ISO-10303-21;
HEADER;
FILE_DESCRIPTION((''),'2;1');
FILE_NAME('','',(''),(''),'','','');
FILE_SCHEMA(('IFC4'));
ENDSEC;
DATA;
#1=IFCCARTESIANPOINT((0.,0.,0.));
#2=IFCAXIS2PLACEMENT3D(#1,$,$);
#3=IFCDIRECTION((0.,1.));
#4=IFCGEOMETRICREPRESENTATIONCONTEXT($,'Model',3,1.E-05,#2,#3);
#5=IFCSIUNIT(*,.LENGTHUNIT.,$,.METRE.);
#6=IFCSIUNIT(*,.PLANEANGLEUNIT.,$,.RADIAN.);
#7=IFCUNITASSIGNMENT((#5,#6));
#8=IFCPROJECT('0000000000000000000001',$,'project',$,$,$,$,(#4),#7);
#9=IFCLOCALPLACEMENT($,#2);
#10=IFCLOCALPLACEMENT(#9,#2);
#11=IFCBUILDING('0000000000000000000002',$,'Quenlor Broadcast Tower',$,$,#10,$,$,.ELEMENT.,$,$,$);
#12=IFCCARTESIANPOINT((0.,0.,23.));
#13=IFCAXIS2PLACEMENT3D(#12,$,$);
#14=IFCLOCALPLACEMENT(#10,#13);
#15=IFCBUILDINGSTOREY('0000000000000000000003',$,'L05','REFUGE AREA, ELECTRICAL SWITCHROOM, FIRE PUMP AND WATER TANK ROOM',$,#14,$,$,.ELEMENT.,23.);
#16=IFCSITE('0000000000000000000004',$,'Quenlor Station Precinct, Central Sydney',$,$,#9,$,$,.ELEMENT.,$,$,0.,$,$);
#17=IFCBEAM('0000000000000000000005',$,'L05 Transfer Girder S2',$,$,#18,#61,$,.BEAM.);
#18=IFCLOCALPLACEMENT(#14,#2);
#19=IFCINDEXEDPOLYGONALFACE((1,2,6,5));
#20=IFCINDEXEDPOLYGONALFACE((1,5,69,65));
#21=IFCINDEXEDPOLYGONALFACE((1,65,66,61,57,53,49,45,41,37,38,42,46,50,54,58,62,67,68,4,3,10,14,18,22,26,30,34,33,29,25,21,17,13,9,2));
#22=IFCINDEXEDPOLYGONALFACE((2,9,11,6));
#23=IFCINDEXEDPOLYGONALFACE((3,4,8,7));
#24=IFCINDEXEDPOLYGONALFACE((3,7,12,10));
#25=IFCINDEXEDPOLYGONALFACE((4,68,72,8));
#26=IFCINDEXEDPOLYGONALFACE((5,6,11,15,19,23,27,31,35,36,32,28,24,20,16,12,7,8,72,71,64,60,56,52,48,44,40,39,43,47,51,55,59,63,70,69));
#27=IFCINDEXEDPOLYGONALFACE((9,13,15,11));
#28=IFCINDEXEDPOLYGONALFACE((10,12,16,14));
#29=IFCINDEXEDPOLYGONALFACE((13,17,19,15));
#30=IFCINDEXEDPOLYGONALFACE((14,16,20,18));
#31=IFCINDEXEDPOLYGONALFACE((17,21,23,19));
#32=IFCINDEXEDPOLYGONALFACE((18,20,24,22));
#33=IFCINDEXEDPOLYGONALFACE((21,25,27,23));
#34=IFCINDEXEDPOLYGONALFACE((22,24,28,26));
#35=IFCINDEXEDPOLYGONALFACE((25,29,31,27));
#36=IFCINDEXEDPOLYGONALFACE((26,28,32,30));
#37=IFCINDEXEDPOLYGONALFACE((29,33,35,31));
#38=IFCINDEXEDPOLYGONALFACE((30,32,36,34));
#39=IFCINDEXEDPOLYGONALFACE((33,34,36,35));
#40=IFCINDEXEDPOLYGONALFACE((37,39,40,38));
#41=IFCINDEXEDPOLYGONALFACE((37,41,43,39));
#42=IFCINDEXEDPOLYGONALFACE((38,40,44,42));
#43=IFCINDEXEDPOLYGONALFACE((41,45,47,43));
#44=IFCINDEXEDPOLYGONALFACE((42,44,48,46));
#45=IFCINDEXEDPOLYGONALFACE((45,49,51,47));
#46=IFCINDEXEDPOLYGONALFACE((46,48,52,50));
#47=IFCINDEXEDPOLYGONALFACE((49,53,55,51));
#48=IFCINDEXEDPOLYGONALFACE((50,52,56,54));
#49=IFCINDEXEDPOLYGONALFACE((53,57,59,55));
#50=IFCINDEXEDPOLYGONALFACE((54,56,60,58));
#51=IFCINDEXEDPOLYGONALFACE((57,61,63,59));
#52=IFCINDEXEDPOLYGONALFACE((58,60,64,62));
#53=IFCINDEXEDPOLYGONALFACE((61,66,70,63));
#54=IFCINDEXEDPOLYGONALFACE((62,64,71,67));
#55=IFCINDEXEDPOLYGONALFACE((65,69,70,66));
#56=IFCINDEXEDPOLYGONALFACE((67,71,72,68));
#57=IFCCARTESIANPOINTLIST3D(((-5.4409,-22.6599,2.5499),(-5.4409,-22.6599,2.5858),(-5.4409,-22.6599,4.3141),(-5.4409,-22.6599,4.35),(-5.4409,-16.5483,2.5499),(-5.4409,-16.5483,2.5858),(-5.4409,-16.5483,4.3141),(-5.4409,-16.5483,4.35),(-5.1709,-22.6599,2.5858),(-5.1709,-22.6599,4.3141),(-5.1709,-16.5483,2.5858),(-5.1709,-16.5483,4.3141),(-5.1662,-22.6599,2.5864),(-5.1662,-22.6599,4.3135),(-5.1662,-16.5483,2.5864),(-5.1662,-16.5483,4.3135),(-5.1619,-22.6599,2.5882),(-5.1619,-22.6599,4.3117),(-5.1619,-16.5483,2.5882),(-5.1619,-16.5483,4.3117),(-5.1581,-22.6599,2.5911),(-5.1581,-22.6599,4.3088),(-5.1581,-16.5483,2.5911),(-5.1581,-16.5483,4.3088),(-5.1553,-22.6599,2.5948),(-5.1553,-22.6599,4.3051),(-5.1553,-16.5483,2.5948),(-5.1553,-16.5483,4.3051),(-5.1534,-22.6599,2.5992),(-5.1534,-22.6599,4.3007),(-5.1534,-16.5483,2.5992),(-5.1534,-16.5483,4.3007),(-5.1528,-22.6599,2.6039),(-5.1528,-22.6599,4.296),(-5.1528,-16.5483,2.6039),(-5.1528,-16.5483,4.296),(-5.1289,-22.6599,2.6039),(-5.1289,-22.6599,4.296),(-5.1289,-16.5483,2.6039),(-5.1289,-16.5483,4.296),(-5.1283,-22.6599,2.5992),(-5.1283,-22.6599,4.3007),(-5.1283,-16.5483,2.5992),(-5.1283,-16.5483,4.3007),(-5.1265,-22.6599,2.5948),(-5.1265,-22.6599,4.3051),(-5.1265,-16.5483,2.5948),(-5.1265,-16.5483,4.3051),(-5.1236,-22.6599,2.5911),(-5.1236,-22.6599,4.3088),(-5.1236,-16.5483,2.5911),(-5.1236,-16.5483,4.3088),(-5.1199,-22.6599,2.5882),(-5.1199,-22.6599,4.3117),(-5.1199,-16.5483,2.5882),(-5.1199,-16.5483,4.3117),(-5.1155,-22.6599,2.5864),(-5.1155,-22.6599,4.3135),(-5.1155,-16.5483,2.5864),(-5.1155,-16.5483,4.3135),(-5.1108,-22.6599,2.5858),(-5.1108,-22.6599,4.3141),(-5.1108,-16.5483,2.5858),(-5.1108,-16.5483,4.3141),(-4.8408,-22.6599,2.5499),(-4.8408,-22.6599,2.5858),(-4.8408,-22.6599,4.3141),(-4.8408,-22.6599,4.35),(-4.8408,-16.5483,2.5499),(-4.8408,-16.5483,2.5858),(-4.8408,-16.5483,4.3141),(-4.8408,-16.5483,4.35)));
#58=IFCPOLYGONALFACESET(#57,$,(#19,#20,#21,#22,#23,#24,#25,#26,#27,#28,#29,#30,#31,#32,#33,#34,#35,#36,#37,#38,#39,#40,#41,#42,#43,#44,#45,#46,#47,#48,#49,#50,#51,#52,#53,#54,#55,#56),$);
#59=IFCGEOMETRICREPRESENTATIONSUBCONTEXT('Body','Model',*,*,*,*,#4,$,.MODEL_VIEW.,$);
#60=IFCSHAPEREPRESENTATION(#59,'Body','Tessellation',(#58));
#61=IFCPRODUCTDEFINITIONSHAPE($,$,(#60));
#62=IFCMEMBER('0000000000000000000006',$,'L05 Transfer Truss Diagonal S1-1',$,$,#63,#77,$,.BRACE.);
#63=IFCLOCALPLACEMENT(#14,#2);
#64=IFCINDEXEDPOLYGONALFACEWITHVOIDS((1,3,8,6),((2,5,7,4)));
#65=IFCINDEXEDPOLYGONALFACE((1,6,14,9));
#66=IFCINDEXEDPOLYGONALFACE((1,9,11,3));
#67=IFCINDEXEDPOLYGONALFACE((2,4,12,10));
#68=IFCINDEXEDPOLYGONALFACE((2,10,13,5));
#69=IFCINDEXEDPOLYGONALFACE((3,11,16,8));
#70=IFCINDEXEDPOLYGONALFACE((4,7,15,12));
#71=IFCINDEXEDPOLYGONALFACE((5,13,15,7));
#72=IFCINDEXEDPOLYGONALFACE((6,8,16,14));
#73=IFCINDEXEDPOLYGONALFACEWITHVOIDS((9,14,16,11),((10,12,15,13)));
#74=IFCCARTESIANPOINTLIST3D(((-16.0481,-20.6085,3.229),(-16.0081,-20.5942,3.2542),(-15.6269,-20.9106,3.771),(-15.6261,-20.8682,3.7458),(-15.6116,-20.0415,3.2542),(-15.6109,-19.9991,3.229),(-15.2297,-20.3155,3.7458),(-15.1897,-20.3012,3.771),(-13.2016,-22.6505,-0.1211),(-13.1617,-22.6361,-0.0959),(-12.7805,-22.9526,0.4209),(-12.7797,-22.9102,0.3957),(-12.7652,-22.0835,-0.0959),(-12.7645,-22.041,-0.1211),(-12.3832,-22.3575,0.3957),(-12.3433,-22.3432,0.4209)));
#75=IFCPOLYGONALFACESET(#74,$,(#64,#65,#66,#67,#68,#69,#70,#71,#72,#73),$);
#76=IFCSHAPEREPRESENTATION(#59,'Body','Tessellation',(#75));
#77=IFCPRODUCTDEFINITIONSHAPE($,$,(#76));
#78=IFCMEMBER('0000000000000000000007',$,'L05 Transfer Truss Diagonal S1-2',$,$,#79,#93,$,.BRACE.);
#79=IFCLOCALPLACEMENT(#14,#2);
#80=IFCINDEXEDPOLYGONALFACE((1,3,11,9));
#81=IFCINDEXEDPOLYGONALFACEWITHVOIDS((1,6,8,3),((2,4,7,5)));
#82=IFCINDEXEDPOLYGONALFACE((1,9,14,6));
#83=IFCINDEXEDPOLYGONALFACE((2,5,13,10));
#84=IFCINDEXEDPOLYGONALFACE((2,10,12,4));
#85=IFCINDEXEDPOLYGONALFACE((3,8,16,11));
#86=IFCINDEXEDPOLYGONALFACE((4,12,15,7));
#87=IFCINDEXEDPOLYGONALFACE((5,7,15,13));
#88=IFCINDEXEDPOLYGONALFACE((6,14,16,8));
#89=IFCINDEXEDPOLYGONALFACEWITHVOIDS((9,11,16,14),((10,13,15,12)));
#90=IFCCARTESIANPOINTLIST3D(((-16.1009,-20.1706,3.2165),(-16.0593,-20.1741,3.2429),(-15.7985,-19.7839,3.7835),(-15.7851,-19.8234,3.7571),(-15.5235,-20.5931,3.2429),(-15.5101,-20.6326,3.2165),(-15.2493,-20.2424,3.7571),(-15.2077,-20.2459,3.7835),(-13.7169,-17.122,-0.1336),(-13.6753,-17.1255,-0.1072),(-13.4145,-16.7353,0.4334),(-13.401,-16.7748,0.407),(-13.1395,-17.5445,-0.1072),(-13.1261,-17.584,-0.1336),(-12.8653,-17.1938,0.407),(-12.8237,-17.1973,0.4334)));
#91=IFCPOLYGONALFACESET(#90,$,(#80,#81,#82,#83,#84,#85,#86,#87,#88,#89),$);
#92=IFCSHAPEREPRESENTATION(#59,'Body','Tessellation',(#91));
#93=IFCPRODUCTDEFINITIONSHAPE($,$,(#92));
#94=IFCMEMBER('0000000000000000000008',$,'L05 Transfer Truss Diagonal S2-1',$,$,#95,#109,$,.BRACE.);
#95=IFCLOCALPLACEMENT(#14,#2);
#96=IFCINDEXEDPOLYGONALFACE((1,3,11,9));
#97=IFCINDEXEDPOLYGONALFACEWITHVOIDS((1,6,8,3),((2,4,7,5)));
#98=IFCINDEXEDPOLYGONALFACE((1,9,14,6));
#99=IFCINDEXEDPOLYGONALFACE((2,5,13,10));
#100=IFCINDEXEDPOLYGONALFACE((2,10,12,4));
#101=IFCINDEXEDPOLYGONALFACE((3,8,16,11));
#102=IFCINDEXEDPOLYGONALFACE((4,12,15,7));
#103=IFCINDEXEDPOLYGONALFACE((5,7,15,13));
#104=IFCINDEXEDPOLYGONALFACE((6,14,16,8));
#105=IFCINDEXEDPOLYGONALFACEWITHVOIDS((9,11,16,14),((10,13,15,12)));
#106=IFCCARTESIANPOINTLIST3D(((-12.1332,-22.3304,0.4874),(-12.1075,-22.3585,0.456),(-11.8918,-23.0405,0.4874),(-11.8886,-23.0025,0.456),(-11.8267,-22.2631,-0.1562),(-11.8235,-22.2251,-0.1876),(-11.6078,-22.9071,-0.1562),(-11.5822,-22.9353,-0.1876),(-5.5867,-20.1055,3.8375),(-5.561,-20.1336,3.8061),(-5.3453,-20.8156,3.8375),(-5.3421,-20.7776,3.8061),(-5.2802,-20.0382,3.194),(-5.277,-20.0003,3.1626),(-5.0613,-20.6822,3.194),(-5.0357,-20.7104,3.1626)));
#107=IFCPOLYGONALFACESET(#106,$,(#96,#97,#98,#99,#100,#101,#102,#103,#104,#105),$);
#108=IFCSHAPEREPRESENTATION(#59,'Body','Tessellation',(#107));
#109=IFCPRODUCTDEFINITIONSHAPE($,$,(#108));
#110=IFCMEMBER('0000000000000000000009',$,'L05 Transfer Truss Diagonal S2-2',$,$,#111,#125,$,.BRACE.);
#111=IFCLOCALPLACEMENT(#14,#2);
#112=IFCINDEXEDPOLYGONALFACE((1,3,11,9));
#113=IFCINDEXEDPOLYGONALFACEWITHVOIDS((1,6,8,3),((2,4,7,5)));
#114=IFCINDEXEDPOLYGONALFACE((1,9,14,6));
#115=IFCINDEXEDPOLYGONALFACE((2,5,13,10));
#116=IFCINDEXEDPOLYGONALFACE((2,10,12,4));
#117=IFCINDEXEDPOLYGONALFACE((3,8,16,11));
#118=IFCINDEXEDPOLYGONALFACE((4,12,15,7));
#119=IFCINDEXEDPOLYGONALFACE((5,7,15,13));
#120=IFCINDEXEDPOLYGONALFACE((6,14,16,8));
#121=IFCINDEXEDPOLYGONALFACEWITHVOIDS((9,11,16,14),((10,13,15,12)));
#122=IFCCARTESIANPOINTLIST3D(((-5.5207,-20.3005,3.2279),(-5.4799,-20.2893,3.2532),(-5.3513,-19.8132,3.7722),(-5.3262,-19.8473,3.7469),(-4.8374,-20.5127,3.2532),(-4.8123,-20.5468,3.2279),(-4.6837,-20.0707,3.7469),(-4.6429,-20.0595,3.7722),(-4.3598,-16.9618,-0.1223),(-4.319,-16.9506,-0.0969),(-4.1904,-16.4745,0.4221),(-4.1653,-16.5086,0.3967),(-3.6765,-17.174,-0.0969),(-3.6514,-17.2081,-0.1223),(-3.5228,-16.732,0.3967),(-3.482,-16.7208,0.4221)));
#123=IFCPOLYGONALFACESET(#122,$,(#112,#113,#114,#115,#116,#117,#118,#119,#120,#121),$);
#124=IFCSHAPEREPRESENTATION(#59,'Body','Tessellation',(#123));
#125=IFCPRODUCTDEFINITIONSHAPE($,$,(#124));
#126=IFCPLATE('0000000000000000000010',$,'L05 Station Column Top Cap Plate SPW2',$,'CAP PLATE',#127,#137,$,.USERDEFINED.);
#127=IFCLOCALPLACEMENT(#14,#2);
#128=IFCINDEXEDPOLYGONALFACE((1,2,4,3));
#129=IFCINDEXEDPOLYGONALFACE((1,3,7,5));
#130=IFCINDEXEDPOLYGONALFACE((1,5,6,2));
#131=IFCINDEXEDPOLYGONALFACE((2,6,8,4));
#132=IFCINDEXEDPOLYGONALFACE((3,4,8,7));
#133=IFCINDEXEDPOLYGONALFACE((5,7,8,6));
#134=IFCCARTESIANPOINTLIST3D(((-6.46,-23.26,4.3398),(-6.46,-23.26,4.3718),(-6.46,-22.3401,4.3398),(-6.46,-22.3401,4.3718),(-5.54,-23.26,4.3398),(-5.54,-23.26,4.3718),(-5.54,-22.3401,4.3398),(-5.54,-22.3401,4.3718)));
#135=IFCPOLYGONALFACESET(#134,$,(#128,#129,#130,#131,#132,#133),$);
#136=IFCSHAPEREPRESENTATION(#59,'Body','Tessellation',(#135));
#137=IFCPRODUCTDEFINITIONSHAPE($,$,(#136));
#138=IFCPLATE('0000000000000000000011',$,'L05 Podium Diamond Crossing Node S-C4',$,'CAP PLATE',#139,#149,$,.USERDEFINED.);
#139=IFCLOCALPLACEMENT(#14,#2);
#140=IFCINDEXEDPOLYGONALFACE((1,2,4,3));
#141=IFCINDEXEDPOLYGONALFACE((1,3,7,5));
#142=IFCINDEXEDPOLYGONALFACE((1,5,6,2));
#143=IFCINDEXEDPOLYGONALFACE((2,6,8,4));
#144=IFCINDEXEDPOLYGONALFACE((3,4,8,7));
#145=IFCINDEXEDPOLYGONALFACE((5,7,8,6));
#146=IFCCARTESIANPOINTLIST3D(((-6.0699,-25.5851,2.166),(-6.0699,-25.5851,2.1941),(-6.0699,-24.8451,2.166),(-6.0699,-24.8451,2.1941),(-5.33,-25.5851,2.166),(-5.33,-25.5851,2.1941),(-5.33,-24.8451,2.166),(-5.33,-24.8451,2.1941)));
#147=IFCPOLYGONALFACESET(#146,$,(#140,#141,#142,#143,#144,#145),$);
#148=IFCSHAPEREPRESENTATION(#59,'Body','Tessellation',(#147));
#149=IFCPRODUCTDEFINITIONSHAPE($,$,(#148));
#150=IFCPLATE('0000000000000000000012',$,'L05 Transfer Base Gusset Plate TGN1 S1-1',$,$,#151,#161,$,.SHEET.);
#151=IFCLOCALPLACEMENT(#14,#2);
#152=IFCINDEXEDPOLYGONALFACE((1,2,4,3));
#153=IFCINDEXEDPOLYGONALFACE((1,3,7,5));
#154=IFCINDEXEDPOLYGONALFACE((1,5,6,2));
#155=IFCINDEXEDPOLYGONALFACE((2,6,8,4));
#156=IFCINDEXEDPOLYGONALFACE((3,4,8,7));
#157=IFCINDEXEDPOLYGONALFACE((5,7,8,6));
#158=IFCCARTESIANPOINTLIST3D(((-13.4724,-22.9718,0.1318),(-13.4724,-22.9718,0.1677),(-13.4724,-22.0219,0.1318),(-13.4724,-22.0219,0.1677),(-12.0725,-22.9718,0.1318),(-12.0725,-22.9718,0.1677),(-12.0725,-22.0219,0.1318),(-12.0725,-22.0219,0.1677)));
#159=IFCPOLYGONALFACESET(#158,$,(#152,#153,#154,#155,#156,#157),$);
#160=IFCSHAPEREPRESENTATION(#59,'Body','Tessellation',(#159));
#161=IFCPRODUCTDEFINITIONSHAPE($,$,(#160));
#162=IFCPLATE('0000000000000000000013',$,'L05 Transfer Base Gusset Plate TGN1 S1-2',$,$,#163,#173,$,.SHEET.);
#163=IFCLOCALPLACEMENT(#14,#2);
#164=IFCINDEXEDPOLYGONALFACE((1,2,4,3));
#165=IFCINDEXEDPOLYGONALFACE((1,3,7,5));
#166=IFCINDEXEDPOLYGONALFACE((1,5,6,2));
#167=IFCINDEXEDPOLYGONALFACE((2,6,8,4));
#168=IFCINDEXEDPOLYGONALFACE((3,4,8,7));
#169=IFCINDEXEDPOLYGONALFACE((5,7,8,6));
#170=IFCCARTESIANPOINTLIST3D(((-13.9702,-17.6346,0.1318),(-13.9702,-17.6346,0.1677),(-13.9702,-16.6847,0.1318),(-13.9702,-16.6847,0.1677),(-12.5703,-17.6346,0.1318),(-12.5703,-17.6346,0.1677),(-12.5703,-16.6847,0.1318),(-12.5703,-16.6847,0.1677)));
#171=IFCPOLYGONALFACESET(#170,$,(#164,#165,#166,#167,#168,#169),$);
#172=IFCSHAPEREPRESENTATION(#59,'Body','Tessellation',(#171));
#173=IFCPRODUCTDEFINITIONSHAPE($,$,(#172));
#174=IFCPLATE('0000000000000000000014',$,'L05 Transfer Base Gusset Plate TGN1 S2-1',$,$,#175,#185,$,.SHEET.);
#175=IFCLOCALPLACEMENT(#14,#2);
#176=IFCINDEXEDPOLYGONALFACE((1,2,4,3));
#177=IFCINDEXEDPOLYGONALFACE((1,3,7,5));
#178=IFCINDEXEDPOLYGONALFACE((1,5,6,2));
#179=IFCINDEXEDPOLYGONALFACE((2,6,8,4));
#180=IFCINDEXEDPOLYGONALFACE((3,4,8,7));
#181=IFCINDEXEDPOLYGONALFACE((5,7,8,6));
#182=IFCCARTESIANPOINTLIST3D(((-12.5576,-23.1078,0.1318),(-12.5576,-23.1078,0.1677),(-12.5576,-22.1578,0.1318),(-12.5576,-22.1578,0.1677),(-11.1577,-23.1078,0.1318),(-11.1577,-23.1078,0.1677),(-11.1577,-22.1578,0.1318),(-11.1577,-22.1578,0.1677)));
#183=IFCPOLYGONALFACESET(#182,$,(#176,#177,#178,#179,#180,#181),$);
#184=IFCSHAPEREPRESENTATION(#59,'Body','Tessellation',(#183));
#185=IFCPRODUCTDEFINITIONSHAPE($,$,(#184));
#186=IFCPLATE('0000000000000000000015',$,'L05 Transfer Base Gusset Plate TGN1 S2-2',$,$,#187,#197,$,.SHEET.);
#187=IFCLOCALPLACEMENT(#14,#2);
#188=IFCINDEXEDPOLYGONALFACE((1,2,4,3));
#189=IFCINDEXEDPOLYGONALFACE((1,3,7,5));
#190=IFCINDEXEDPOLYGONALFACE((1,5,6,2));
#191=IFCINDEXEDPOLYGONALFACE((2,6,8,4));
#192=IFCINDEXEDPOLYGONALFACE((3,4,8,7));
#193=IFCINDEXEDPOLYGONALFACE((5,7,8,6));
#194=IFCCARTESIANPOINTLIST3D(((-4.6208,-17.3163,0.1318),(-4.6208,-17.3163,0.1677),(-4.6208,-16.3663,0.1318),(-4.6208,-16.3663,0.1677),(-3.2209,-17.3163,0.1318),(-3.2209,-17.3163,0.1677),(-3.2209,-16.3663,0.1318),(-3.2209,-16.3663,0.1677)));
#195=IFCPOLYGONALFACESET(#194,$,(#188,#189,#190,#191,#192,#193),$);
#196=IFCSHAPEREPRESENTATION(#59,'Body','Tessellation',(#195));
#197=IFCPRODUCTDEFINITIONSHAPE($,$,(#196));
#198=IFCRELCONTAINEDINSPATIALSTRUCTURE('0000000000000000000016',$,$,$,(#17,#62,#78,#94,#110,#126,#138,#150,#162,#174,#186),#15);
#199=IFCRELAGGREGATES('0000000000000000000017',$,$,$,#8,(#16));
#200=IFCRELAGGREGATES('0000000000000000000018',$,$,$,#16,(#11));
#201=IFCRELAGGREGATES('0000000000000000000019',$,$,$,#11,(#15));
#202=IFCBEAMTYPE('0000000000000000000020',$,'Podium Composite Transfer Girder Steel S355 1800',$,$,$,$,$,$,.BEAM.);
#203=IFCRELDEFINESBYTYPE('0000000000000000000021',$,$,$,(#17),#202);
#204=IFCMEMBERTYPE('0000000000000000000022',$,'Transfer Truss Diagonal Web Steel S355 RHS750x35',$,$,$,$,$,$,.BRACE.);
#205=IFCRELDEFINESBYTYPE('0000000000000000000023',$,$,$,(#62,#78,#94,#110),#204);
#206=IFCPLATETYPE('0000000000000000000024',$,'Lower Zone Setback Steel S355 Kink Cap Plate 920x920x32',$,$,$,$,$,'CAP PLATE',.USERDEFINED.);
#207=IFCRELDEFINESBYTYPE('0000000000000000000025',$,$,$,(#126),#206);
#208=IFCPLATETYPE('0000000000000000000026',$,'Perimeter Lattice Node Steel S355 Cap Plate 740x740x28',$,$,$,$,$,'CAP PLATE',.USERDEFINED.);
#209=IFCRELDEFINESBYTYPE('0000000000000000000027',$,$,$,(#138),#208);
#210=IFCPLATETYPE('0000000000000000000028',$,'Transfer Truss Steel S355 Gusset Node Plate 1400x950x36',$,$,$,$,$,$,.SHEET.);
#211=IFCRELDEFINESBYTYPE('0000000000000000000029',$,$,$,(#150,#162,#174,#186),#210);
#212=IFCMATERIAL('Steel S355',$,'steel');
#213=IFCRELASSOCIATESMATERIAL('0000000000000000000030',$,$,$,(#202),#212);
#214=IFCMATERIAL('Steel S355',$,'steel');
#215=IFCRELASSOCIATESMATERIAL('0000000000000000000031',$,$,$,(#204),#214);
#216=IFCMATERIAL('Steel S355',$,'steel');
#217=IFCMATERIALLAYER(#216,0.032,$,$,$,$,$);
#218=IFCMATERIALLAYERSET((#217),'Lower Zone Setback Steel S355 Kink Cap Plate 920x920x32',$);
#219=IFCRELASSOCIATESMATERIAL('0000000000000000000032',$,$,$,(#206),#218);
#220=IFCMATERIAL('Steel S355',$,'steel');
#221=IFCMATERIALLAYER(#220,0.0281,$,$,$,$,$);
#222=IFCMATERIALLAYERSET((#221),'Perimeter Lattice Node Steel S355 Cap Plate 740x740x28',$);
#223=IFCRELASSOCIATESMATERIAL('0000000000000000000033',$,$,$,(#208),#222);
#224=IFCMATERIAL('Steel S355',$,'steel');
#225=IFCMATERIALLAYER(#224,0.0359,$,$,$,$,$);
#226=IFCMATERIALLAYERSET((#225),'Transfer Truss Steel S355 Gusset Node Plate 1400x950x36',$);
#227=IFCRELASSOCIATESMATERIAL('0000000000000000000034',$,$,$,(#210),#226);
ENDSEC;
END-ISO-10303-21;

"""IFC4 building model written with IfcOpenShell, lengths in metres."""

from ifc_helpers import new_model, si_unit, direction, frame, origin, origin_2d, place, context, subcontext, project, spatial, rectangle, hollow_rectangle, i_section, extrude, material, layer, layer_set, material_profile, profile_set, type_object, element, save


model = new_model("IFC4")

# Units and contexts
model_context = context("Model", 3, precision=1e-05, world=origin(), true_north=direction((0.0, 1.0)))
body_context = subcontext(model_context, "Body", "Model", "MODEL_VIEW")
ifc_project = project(units=[si_unit("LENGTHUNIT", "METRE"), si_unit("PLANEANGLEUNIT", "RADIAN")], contexts=[model_context])

# Site, building, storey
site_placement = place(None, origin())
site = spatial("IfcSite", under=ifc_project, at=site_placement, Name="Quenlor Station Precinct, Central Sydney", CompositionType="ELEMENT", RefElevation=0.0)
building_placement = place(site_placement, origin())
building = spatial("IfcBuilding", under=site, at=building_placement, Name="Quenlor Broadcast Tower", CompositionType="ELEMENT")
storey_placement = place(building_placement, frame((0.0, 0.0, 23.0)))
storey = spatial("IfcBuildingStorey", under=building, at=storey_placement, Name="L05", Description="REFUGE AREA, ELECTRICAL SWITCHROOM, FIRE PUMP AND WATER TANK ROOM", CompositionType="ELEMENT", Elevation=23.0)

# Beam
ifc_material_1 = material(Name="Steel S355", Category="steel")
ifc_material_profile_1 = material_profile(ifc_material_1, i_section(OverallWidth=0.6001, OverallDepth=1.8, WebThickness=0.0239, FlangeThickness=0.0359, FilletRadius=0.0181, at=origin_2d()))
ifc_profile_set_1 = profile_set([ifc_material_profile_1], Name="Steel S355 1800TG620")
beam_type = type_object("IfcBeamType", Name="Podium Composite Transfer Girder Steel S355 1800", PredefinedType="BEAM", material=ifc_profile_set_1)
beam_1_placement = place(storey_placement, frame((-5.1409, -22.6599, 3.45), z_axis=(0.0, 1.0, 0.0), x_axis=(-1.0, 0.0, 0.0)))
element("IfcBeam", 1, at=beam_1_placement, inside=storey, type_object=beam_type, Name="L05 Transfer Girder S2", PredefinedType="BEAM", context=body_context, shape_type="SweptSolid", body=[
    extrude(i_section(OverallWidth=0.6001, OverallDepth=1.8, WebThickness=0.0239, FlangeThickness=0.0359, FilletRadius=0.0181, at=origin_2d()), origin(), (0.0, 0.0, 1.0), 6.1116),
])

# Members
ifc_material_2 = material(Name="Steel S355", Category="steel")
ifc_material_profile_2 = material_profile(ifc_material_2, hollow_rectangle(XDim=0.75, YDim=0.75, WallThickness=0.0349, at=origin_2d()))
ifc_profile_set_2 = profile_set([ifc_material_profile_2], Name="Steel S355 RHS750x750x35")
member_type_1 = type_object("IfcMemberType", Name="Transfer Truss Diagonal Web Steel S355 RHS750x35", PredefinedType="BRACE", material=ifc_profile_set_2)
member_1_placement = place(storey_placement, frame((-12.7725, -22.4968, 0.1499), z_axis=(-0.587236, 0.421275, 0.691145), x_axis=(-0.582905, -0.81254, 0.0)))
element("IfcMember", 2, at=member_1_placement, inside=storey, type_object=member_type_1, Name="L05 Transfer Truss Diagonal S1-1", PredefinedType="BRACE", context=body_context, shape_type="SweptSolid", body=[
    extrude(hollow_rectangle(XDim=0.75, YDim=0.75, WallThickness=0.0349, at=origin_2d()), origin(), (0.0, 0.0, 1.0), 4.8472),
])
member_2_placement = place(storey_placement, frame((-13.2703, -17.1597, 0.1499), z_axis=(-0.465754, -0.595583, 0.654488), x_axis=(0.787733, -0.616017, 0.0)))
element("IfcMember", 3, at=member_2_placement, inside=storey, type_object=member_type_1, Name="L05 Transfer Truss Diagonal S1-2", PredefinedType="BRACE", context=body_context, shape_type="SweptSolid", body=[
    extrude(hollow_rectangle(XDim=0.75, YDim=0.75, WallThickness=0.0349, at=origin_2d()), origin(), (0.0, 0.0, 1.0), 5.1187),
])
member_3_placement = place(storey_placement, frame((-11.8577, -22.6328, 0.1499), z_axis=(0.852063, 0.289582, 0.436041), x_axis=(-0.321784, 0.946813, 0.0)))
element("IfcMember", 4, at=member_3_placement, inside=storey, type_object=member_type_1, Name="L05 Transfer Truss Diagonal S2-1", PredefinedType="BRACE", context=body_context, shape_type="SweptSolid", body=[
    extrude(hollow_rectangle(XDim=0.75, YDim=0.75, WallThickness=0.0349, at=origin_2d()), origin(), (0.0, 0.0, 1.0), 7.6831),
])
member_4_placement = place(storey_placement, frame((-3.9209, -16.8413, 0.1499), z_axis=(-0.238374, -0.685544, 0.6879), x_axis=(0.944529, -0.328427, 0.0)))
element("IfcMember", 5, at=member_4_placement, inside=storey, type_object=member_type_1, Name="L05 Transfer Truss Diagonal S2-2", PredefinedType="BRACE", context=body_context, shape_type="SweptSolid", body=[
    extrude(hollow_rectangle(XDim=0.75, YDim=0.75, WallThickness=0.0349, at=origin_2d()), origin(), (0.0, 0.0, 1.0), 4.8701),
])

# Plates
ifc_material_3 = material(Name="Steel S355", Category="steel")
ifc_layer_1 = layer(ifc_material_3, 0.032)
ifc_layer_set_1 = layer_set([ifc_layer_1], Name="Lower Zone Setback Steel S355 Kink Cap Plate 920x920x32")
plate_type_1 = type_object("IfcPlateType", Name="Lower Zone Setback Steel S355 Kink Cap Plate 920x920x32", ElementType="CAP PLATE", PredefinedType="USERDEFINED", material=ifc_layer_set_1)
plate_1_placement = place(storey_placement, frame((-6.0, -22.8, 4.3398), z_axis=(0.0, 0.0, 1.0), x_axis=(1.0, 0.0, 0.0)))
element("IfcPlate", 6, at=plate_1_placement, inside=storey, type_object=plate_type_1, Name="L05 Station Column Top Cap Plate SPW2", ObjectType="CAP PLATE", PredefinedType="USERDEFINED", context=body_context, shape_type="SweptSolid", body=[
    extrude(rectangle(XDim=0.9199, YDim=0.9199, at=origin_2d()), origin(), (0.0, 0.0, 1.0), 0.032),
])
ifc_material_4 = material(Name="Steel S355", Category="steel")
ifc_layer_2 = layer(ifc_material_4, 0.0281)
ifc_layer_set_2 = layer_set([ifc_layer_2], Name="Perimeter Lattice Node Steel S355 Cap Plate 740x740x28")
plate_type_2 = type_object("IfcPlateType", Name="Perimeter Lattice Node Steel S355 Cap Plate 740x740x28", ElementType="CAP PLATE", PredefinedType="USERDEFINED", material=ifc_layer_set_2)
plate_2_placement = place(storey_placement, frame((-5.7, -25.2151, 2.166), z_axis=(0.0, 0.0, 1.0), x_axis=(-1.0, 0.0, 0.0)))
element("IfcPlate", 7, at=plate_2_placement, inside=storey, type_object=plate_type_2, Name="L05 Podium Diamond Crossing Node S-C4", ObjectType="CAP PLATE", PredefinedType="USERDEFINED", context=body_context, shape_type="SweptSolid", body=[
    extrude(rectangle(XDim=0.74, YDim=0.74, at=origin_2d()), origin(), (0.0, 0.0, 1.0), 0.0281),
])
ifc_material_5 = material(Name="Steel S355", Category="steel")
ifc_layer_3 = layer(ifc_material_5, 0.0359)
ifc_layer_set_3 = layer_set([ifc_layer_3], Name="Transfer Truss Steel S355 Gusset Node Plate 1400x950x36")
plate_type_3 = type_object("IfcPlateType", Name="Transfer Truss Steel S355 Gusset Node Plate 1400x950x36", PredefinedType="SHEET", material=ifc_layer_set_3)
for number, where, z_axis, x_axis, name in (
    (8, (-12.7725, -22.4968, 0.1318), (0.0, 0.0, 1.0), (1.0, 0.0, 0.0), "L05 Transfer Base Gusset Plate TGN1 S1-1"),
    (9, (-13.2703, -17.1597, 0.1318), (0.0, 0.0, 1.0), (1.0, 0.0, 0.0), "L05 Transfer Base Gusset Plate TGN1 S1-2"),
    (10, (-11.8577, -22.6328, 0.1318), (0.0, 0.0, 1.0), (1.0, 0.0, 0.0), "L05 Transfer Base Gusset Plate TGN1 S2-1"),
    (11, (-3.9209, -16.8413, 0.1318), (0.0, 0.0, 1.0), (1.0, 0.0, 0.0), "L05 Transfer Base Gusset Plate TGN1 S2-2"),
):
    element("IfcPlate", number, at=place(storey_placement, frame(where, z_axis=z_axis, x_axis=x_axis)), inside=storey, type_object=plate_type_3, Name=name, PredefinedType="SHEET", context=body_context, shape_type="SweptSolid", body=[
        extrude(rectangle(XDim=1.3999, YDim=0.95, at=origin_2d()), origin(), (0.0, 0.0, 1.0), 0.0359),
    ])

save(model, "model.ifc")
